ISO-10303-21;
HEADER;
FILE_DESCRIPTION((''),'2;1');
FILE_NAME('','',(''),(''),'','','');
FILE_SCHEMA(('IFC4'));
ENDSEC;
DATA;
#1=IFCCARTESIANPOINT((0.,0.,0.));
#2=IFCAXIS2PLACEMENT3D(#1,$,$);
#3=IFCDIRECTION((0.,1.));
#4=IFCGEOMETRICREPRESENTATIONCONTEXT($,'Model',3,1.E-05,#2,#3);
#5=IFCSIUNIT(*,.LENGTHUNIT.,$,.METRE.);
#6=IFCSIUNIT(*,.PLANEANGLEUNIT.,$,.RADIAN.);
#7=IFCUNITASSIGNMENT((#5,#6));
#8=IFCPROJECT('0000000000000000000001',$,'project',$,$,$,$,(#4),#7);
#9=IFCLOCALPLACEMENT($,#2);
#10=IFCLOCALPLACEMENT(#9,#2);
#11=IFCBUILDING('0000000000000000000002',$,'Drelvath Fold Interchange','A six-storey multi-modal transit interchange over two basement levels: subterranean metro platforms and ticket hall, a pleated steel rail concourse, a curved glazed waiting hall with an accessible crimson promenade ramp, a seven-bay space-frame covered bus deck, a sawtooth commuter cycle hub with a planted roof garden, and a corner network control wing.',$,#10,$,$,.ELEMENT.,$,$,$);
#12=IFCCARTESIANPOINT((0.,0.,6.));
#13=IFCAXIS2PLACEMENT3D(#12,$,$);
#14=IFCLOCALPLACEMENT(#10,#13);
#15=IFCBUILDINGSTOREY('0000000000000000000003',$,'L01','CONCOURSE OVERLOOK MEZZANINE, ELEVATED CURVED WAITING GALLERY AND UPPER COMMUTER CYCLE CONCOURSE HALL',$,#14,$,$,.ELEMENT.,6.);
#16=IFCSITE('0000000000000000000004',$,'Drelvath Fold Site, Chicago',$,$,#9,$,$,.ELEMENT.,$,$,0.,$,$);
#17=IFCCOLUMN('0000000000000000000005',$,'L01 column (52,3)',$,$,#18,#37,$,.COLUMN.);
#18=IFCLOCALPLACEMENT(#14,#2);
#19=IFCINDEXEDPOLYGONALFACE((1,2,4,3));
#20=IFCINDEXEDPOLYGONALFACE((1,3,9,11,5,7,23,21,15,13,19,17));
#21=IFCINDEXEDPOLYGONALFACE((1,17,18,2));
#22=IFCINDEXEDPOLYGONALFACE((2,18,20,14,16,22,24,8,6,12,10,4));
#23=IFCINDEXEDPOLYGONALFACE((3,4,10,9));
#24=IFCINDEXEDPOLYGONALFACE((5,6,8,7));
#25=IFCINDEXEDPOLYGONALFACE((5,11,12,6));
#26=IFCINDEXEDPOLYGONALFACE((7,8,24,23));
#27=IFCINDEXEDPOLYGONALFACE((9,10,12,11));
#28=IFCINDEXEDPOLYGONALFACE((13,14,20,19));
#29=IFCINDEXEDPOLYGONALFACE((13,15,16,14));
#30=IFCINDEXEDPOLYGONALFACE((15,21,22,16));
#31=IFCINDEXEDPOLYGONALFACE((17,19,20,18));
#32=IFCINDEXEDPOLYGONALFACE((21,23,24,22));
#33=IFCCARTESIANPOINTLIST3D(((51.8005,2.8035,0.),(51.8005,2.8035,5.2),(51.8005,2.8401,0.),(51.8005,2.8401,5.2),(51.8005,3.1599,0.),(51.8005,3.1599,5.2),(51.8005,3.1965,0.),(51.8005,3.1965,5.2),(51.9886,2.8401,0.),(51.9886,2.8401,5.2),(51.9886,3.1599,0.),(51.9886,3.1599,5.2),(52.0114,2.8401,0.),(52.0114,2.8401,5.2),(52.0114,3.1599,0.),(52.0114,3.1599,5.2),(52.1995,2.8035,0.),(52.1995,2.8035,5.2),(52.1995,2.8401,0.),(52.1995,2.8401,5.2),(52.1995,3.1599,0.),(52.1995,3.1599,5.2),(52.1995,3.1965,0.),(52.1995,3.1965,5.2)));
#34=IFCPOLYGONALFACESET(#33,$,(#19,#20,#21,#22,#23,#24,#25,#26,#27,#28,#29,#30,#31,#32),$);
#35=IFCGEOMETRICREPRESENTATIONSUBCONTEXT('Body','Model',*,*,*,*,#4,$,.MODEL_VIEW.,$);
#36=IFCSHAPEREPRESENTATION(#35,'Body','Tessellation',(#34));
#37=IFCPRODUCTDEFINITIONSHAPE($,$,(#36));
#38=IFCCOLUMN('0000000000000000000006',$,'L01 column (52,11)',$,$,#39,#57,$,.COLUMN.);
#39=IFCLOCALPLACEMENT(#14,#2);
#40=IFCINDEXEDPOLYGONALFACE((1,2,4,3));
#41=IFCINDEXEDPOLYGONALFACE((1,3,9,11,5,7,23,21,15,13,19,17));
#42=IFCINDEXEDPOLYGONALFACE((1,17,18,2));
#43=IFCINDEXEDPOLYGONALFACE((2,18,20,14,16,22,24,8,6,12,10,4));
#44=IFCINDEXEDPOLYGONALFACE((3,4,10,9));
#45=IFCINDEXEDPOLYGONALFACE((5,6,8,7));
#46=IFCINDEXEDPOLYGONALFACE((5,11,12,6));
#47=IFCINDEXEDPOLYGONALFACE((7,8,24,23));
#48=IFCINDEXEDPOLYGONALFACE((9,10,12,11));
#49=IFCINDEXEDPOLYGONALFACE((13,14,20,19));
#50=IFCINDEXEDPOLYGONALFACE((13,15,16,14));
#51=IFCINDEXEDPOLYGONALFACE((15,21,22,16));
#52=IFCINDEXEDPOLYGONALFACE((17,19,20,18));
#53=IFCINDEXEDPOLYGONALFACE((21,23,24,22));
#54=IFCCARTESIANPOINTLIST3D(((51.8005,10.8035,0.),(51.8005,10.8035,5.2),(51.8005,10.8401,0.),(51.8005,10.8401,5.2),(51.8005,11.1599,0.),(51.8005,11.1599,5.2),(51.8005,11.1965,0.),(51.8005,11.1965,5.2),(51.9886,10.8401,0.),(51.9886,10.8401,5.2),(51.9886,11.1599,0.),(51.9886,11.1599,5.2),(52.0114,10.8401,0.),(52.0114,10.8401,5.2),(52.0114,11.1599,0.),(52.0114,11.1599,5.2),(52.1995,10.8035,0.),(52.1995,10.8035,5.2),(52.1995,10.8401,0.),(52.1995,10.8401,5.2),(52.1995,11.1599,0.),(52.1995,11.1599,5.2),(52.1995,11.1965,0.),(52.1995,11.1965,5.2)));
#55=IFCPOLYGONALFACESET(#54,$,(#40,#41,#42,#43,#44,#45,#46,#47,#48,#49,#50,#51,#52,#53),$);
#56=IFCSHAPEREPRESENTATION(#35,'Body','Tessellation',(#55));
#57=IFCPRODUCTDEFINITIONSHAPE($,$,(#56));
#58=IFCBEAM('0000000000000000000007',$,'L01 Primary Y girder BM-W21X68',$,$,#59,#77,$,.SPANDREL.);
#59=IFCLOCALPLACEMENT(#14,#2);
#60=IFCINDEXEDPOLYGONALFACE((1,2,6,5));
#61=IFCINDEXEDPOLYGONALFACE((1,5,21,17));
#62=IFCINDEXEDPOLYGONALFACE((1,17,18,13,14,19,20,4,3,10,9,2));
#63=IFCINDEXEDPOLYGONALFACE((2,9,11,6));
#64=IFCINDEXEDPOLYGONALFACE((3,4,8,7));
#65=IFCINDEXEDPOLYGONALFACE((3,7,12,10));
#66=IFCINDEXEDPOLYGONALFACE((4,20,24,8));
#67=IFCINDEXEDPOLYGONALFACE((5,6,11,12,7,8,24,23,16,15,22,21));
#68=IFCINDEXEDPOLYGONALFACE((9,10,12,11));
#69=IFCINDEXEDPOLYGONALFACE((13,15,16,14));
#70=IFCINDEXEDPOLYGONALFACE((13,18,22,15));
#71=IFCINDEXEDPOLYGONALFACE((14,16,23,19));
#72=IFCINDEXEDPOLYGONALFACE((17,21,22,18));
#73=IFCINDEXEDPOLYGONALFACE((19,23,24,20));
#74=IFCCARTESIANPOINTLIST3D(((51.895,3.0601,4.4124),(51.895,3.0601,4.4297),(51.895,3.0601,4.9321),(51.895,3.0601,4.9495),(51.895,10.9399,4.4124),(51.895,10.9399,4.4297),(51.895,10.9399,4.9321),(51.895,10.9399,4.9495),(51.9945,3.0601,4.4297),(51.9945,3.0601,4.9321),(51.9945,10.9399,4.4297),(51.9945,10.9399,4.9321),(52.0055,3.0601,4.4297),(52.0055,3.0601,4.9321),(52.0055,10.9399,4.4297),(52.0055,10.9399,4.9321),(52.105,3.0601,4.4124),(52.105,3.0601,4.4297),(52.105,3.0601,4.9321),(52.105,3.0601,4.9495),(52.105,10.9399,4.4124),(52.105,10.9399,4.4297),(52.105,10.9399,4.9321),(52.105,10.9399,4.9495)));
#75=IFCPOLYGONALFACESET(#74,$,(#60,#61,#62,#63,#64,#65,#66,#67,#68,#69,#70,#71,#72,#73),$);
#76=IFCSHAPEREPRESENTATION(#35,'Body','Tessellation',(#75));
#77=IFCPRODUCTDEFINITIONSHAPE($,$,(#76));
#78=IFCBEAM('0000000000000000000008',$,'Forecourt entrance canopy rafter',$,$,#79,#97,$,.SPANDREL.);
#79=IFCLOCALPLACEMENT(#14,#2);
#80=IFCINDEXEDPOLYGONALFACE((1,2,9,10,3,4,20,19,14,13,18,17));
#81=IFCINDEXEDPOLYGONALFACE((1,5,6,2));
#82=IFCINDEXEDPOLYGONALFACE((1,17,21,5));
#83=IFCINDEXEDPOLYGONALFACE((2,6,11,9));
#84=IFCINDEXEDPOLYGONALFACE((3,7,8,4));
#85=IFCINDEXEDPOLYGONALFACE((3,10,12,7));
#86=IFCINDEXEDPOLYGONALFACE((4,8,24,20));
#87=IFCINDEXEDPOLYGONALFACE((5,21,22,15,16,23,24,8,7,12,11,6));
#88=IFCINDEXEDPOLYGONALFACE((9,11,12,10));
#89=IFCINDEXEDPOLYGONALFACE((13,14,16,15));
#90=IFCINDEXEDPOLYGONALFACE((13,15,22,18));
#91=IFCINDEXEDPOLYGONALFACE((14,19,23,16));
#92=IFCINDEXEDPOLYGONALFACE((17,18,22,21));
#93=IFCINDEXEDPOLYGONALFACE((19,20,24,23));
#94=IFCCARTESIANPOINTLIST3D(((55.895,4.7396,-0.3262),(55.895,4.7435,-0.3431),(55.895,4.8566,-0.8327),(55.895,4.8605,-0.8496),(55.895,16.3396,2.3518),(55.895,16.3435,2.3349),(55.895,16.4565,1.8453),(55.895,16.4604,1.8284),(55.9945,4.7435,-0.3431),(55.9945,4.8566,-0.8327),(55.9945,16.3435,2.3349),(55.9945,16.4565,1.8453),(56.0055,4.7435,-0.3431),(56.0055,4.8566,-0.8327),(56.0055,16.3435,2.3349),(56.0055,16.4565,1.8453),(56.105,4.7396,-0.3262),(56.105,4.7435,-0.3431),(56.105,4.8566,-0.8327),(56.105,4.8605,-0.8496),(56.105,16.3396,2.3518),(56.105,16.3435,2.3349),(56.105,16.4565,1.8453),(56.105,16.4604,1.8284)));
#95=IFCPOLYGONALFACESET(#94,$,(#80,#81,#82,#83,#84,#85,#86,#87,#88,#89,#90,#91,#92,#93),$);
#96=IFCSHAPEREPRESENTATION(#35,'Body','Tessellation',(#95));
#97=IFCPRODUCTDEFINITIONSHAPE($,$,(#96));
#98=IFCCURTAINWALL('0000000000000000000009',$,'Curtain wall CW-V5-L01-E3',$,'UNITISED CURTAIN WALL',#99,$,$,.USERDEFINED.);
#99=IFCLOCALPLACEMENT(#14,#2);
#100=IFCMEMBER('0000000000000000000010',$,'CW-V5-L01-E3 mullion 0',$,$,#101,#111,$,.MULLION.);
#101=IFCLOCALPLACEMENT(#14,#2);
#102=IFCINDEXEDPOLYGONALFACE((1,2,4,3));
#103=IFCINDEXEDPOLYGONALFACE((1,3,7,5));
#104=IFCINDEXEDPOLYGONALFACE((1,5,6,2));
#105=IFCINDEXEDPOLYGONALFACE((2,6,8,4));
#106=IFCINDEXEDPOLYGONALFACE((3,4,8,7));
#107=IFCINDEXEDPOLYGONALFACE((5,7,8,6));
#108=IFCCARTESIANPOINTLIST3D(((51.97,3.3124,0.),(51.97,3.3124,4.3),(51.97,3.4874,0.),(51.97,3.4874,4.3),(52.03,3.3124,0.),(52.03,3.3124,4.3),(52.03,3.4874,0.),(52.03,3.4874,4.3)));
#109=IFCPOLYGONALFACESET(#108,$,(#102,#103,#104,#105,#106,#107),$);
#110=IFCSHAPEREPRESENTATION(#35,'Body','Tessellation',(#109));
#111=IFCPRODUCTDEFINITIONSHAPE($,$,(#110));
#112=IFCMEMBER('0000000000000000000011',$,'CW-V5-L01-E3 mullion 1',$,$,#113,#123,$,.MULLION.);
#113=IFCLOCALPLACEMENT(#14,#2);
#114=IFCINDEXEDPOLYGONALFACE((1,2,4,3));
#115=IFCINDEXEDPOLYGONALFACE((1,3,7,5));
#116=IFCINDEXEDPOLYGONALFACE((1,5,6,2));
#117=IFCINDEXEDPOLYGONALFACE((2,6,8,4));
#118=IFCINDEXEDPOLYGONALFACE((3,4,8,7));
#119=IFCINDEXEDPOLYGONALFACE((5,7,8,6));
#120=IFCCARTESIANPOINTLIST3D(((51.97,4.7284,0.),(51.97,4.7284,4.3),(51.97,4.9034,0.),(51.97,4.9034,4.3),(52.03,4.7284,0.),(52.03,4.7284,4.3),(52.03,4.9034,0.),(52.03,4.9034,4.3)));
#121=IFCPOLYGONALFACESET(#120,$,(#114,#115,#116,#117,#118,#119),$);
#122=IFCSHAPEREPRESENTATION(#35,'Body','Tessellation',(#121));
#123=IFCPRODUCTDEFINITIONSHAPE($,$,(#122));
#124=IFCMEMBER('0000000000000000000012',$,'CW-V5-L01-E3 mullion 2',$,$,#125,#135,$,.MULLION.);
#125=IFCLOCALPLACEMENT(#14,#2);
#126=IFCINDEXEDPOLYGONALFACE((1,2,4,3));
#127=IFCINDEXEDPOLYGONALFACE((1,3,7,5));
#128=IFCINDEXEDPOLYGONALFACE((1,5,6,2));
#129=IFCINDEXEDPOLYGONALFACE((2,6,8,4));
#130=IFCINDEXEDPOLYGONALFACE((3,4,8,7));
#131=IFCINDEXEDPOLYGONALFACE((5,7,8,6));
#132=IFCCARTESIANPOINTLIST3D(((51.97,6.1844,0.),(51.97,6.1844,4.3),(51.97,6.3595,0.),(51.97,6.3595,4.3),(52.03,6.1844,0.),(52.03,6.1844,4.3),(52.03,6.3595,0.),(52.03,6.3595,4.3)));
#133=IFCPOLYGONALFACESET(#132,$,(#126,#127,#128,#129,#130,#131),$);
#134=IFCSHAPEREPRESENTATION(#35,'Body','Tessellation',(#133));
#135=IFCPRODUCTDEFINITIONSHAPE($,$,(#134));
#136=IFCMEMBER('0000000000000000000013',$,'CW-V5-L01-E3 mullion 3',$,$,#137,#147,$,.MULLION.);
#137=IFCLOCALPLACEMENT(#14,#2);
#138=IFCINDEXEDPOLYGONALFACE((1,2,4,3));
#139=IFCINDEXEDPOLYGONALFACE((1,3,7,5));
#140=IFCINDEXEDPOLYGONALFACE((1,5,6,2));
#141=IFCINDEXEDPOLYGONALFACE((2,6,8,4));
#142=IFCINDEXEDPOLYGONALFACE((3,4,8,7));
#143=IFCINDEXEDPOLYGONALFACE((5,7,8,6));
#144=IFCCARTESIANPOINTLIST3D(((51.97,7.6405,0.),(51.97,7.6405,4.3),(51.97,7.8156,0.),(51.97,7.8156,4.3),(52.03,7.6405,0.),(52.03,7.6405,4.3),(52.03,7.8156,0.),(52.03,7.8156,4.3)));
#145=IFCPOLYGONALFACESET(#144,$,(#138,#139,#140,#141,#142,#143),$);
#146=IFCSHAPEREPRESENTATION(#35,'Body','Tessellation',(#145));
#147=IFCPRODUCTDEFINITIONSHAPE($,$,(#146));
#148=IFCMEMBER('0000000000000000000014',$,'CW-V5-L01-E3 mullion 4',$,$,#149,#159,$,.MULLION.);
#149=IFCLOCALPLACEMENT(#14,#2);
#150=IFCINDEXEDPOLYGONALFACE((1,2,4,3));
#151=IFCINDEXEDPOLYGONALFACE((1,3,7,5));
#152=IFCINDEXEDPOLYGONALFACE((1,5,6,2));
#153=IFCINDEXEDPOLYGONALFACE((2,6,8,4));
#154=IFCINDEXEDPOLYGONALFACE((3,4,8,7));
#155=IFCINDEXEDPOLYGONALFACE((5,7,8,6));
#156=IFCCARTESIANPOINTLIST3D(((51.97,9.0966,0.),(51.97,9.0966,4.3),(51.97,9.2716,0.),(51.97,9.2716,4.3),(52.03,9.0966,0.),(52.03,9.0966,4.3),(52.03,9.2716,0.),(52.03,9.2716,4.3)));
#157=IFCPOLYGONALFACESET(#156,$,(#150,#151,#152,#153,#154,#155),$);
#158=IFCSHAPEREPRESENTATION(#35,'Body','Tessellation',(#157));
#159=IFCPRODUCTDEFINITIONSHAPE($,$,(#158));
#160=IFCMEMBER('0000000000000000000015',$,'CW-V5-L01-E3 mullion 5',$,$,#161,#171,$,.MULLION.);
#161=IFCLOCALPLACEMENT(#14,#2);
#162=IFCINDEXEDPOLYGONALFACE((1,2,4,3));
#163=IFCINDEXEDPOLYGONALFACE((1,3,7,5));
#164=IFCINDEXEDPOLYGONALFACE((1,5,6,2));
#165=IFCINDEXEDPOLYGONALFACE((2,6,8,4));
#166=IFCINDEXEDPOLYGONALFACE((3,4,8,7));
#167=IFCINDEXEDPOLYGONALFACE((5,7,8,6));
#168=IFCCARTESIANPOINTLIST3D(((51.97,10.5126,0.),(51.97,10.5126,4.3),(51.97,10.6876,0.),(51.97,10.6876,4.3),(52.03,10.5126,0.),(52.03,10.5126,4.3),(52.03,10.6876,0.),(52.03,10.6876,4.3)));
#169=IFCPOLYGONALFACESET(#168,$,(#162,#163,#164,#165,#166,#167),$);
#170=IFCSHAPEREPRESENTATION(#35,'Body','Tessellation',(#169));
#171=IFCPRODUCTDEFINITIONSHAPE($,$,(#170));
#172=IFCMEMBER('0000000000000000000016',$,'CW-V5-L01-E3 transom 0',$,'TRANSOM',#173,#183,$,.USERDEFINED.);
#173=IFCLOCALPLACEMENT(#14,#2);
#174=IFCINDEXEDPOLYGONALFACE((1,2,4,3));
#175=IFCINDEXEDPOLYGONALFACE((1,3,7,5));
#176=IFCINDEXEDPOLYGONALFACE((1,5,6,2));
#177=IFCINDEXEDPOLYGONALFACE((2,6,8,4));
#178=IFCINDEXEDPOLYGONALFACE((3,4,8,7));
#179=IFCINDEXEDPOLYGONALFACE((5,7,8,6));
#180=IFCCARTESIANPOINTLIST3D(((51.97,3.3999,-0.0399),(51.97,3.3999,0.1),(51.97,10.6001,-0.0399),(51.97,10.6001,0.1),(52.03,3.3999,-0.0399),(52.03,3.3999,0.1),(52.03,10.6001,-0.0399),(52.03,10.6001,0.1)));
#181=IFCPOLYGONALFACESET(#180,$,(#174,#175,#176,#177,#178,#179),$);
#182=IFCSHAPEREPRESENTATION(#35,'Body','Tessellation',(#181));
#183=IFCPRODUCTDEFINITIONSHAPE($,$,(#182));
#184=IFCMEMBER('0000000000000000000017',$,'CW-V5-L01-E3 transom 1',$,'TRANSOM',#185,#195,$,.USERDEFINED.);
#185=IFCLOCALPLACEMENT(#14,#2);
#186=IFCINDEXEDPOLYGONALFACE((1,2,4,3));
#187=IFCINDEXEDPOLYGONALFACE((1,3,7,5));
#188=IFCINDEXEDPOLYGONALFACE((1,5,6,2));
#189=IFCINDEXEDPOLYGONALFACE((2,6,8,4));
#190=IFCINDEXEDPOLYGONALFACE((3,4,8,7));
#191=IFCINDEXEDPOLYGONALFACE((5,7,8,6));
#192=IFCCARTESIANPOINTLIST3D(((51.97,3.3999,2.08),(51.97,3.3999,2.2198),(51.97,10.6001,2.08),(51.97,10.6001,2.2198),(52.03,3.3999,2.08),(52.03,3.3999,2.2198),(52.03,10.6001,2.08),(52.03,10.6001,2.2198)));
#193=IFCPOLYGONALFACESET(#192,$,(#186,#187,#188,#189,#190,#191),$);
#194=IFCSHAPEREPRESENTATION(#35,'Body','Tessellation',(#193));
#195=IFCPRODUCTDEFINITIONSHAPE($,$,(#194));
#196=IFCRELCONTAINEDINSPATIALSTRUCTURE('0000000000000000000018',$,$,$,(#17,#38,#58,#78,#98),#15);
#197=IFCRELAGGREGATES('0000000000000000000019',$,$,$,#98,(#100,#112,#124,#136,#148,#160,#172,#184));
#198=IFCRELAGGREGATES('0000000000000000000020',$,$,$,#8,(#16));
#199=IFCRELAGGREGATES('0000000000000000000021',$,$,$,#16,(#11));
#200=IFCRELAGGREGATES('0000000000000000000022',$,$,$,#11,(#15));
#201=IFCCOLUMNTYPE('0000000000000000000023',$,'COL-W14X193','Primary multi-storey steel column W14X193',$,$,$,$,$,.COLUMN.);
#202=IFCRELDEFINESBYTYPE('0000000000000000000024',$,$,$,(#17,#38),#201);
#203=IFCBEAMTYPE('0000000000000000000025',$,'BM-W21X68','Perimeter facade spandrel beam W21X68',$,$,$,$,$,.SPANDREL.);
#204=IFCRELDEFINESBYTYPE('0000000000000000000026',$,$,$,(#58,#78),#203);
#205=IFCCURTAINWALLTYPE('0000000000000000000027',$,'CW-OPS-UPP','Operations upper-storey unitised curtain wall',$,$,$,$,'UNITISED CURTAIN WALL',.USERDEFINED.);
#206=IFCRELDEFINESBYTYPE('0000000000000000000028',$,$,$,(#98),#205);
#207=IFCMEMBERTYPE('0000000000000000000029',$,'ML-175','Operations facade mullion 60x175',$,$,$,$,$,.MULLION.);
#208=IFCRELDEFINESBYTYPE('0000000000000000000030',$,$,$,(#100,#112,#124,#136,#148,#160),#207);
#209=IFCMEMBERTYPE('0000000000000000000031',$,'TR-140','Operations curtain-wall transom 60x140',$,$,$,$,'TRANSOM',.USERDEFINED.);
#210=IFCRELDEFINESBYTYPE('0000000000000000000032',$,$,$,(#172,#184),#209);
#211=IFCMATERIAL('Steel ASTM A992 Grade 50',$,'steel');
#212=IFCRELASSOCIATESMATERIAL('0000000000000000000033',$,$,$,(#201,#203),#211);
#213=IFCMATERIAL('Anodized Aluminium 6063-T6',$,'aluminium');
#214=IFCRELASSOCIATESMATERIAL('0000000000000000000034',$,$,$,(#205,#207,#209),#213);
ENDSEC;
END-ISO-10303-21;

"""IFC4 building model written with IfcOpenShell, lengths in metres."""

from ifc_helpers import new_model, si_unit, direction, frame, origin, origin_2d, place, context, subcontext, project, spatial, rectangle, i_section, extrude, material, material_profile, profile_set, type_object, element, aggregate, save


model = new_model("IFC4")

# Units and contexts
model_context = context("Model", 3, precision=1e-05, world=origin(), true_north=direction((0.0, 1.0)))
body_context = subcontext(model_context, "Body", "Model", "MODEL_VIEW")
ifc_project = project(units=[si_unit("LENGTHUNIT", "METRE"), si_unit("PLANEANGLEUNIT", "RADIAN")], contexts=[model_context])

# Site, building, storey
site_placement = place(None, origin())
site = spatial("IfcSite", under=ifc_project, at=site_placement, Name="Drelvath Fold Site, Chicago", CompositionType="ELEMENT", RefElevation=0.0)
building_placement = place(site_placement, origin())
building = spatial("IfcBuilding", under=site, at=building_placement, Name="Drelvath Fold Interchange", Description="A six-storey multi-modal transit interchange over two basement levels: subterranean metro platforms and ticket hall, a pleated steel rail concourse, a curved glazed waiting hall with an accessible crimson promenade ramp, a seven-bay space-frame covered bus deck, a sawtooth commuter cycle hub with a planted roof garden, and a corner network control wing.", CompositionType="ELEMENT")
storey_placement = place(building_placement, frame((0.0, 0.0, 6.0)))
storey = spatial("IfcBuildingStorey", under=building, at=storey_placement, Name="L01", Description="CONCOURSE OVERLOOK MEZZANINE, ELEVATED CURVED WAITING GALLERY AND UPPER COMMUTER CYCLE CONCOURSE HALL", CompositionType="ELEMENT", Elevation=6.0)

# Columns
ifc_material_1 = material(Name="Steel ASTM A992 Grade 50", Category="steel")
ifc_material_profile_1 = material_profile(ifc_material_1, i_section(OverallWidth=0.3989, OverallDepth=0.3931, WebThickness=0.0227, FlangeThickness=0.0366, at=origin_2d()), Name="W14X193")
ifc_profile_set_1 = profile_set([ifc_material_profile_1], Name="Steel ASTM A992 Grade 50")
column_type = type_object("IfcColumnType", Name="COL-W14X193", Description="Primary multi-storey steel column W14X193", PredefinedType="COLUMN", material=ifc_profile_set_1)
for number, where, z_axis, x_axis, name in (
    (1, (52.0, 3.0, 0.0), (0.0, 0.0, 1.0), (1.0, 0.0, 0.0), "L01 column (52,3)"),
    (2, (52.0, 11.0, 0.0), (0.0, 0.0, 1.0), (1.0, 0.0, 0.0), "L01 column (52,11)"),
):
    element("IfcColumn", number, at=place(storey_placement, frame(where, z_axis=z_axis, x_axis=x_axis)), inside=storey, type_object=column_type, Name=name, PredefinedType="COLUMN", context=body_context, shape_type="SweptSolid", body=[
        extrude(i_section(OverallWidth=0.3989, OverallDepth=0.3931, WebThickness=0.0227, FlangeThickness=0.0366, at=origin_2d()), origin(), (0.0, 0.0, 1.0), 5.2),
    ])

# Beams
ifc_material_profile_2 = material_profile(ifc_material_1, i_section(OverallWidth=0.21, OverallDepth=0.5371, WebThickness=0.011, FlangeThickness=0.0173, at=origin_2d()), Name="W21X68")
ifc_profile_set_2 = profile_set([ifc_material_profile_2], Name="Steel ASTM A992 Grade 50")
beam_type = type_object("IfcBeamType", Name="BM-W21X68", Description="Perimeter facade spandrel beam W21X68", PredefinedType="SPANDREL", material=ifc_profile_set_2)
beam_1_placement = place(storey_placement, frame((52.0, 3.0601, 4.6809), z_axis=(0.0, 1.0, 0.0), x_axis=(-1.0, 0.0, 0.0)))
element("IfcBeam", 3, at=beam_1_placement, inside=storey, type_object=beam_type, Name="L01 Primary Y girder BM-W21X68", PredefinedType="SPANDREL", context=body_context, shape_type="SweptSolid", body=[
    extrude(i_section(OverallWidth=0.21, OverallDepth=0.5371, WebThickness=0.011, FlangeThickness=0.0173, at=origin_2d()), origin(), (0.0, 0.0, 1.0), 7.8799),
])
beam_2_placement = place(storey_placement, frame((56.0, 4.8, -0.5879), z_axis=(0.0, 0.974371, 0.224946), x_axis=(-1.0, 0.0, 0.0)))
element("IfcBeam", 4, at=beam_2_placement, inside=storey, type_object=beam_type, Name="Forecourt entrance canopy rafter", PredefinedType="SPANDREL", context=body_context, shape_type="SweptSolid", body=[
    extrude(i_section(OverallWidth=0.21, OverallDepth=0.5371, WebThickness=0.011, FlangeThickness=0.0173, at=origin_2d()), origin(), (0.0, 0.0, 1.0), 11.905),
])

# Curtain wall, members
ifc_material_2 = material(Name="Anodized Aluminium 6063-T6", Category="aluminium")
curtain_wall_type = type_object("IfcCurtainWallType", Name="CW-OPS-UPP", Description="Operations upper-storey unitised curtain wall", ElementType="UNITISED CURTAIN WALL", PredefinedType="USERDEFINED", material=ifc_material_2)
curtain_wall_placement = place(storey_placement, origin())
curtain_wall = element("IfcCurtainWall", 5, at=curtain_wall_placement, inside=storey, type_object=curtain_wall_type, Name="Curtain wall CW-V5-L01-E3", ObjectType="UNITISED CURTAIN WALL", PredefinedType="USERDEFINED")
ifc_material_profile_3 = material_profile(ifc_material_2, rectangle(XDim=0.0601, YDim=0.175, at=origin_2d()), Name="AL-M 60x175")
ifc_profile_set_3 = profile_set([ifc_material_profile_3], Name="Anodized Aluminium 6063-T6")
member_type_1 = type_object("IfcMemberType", Name="ML-175", Description="Operations facade mullion 60x175", PredefinedType="MULLION", material=ifc_profile_set_3)
member_1_placement = place(storey_placement, frame((52.0, 3.3999, 0.0), z_axis=(0.0, 0.0, 1.0), x_axis=(1.0, 0.0, 0.0)))
member_1 = element("IfcMember", 6, at=member_1_placement, type_object=member_type_1, Name="CW-V5-L01-E3 mullion 0", PredefinedType="MULLION", context=body_context, shape_type="SweptSolid", body=[
    extrude(rectangle(XDim=0.0601, YDim=0.175, at=origin_2d()), origin(), (0.0, 0.0, 1.0), 4.3),
])
member_2_placement = place(storey_placement, frame((52.0, 4.8159, 0.0), z_axis=(0.0, 0.0, 1.0), x_axis=(1.0, 0.0, 0.0)))
member_2 = element("IfcMember", 7, at=member_2_placement, type_object=member_type_1, Name="CW-V5-L01-E3 mullion 1", PredefinedType="MULLION", context=body_context, shape_type="SweptSolid", body=[
    extrude(rectangle(XDim=0.0601, YDim=0.175, at=origin_2d()), origin(), (0.0, 0.0, 1.0), 4.3),
])
member_3_placement = place(storey_placement, frame((52.0, 6.272, 0.0), z_axis=(0.0, 0.0, 1.0), x_axis=(1.0, 0.0, 0.0)))
member_3 = element("IfcMember", 8, at=member_3_placement, type_object=member_type_1, Name="CW-V5-L01-E3 mullion 2", PredefinedType="MULLION", context=body_context, shape_type="SweptSolid", body=[
    extrude(rectangle(XDim=0.0601, YDim=0.175, at=origin_2d()), origin(), (0.0, 0.0, 1.0), 4.3),
])
member_4_placement = place(storey_placement, frame((52.0, 7.728, 0.0), z_axis=(0.0, 0.0, 1.0), x_axis=(1.0, 0.0, 0.0)))
member_4 = element("IfcMember", 9, at=member_4_placement, type_object=member_type_1, Name="CW-V5-L01-E3 mullion 3", PredefinedType="MULLION", context=body_context, shape_type="SweptSolid", body=[
    extrude(rectangle(XDim=0.0601, YDim=0.175, at=origin_2d()), origin(), (0.0, 0.0, 1.0), 4.3),
])
member_5_placement = place(storey_placement, frame((52.0, 9.1841, 0.0), z_axis=(0.0, 0.0, 1.0), x_axis=(1.0, 0.0, 0.0)))
member_5 = element("IfcMember", 10, at=member_5_placement, type_object=member_type_1, Name="CW-V5-L01-E3 mullion 4", PredefinedType="MULLION", context=body_context, shape_type="SweptSolid", body=[
    extrude(rectangle(XDim=0.0601, YDim=0.175, at=origin_2d()), origin(), (0.0, 0.0, 1.0), 4.3),
])
member_6_placement = place(storey_placement, frame((52.0, 10.6001, 0.0), z_axis=(0.0, 0.0, 1.0), x_axis=(1.0, 0.0, 0.0)))
member_6 = element("IfcMember", 11, at=member_6_placement, type_object=member_type_1, Name="CW-V5-L01-E3 mullion 5", PredefinedType="MULLION", context=body_context, shape_type="SweptSolid", body=[
    extrude(rectangle(XDim=0.0601, YDim=0.175, at=origin_2d()), origin(), (0.0, 0.0, 1.0), 4.3),
])
ifc_material_profile_4 = material_profile(ifc_material_2, rectangle(XDim=0.0601, YDim=0.1399, at=origin_2d()), Name="AL-T 60x140")
ifc_profile_set_4 = profile_set([ifc_material_profile_4], Name="Anodized Aluminium 6063-T6")
member_type_2 = type_object("IfcMemberType", Name="TR-140", Description="Operations curtain-wall transom 60x140", ElementType="TRANSOM", PredefinedType="USERDEFINED", material=ifc_profile_set_4)
member_7_placement = place(storey_placement, frame((52.0, 3.3999, 0.03), z_axis=(0.0, 1.0, 0.0), x_axis=(-1.0, 0.0, 0.0)))
member_7 = element("IfcMember", 12, at=member_7_placement, type_object=member_type_2, Name="CW-V5-L01-E3 transom 0", ObjectType="TRANSOM", PredefinedType="USERDEFINED", context=body_context, shape_type="SweptSolid", body=[
    extrude(rectangle(XDim=0.0601, YDim=0.1399, at=origin_2d()), origin(), (0.0, 0.0, 1.0), 7.2002),
])
member_8_placement = place(storey_placement, frame((52.0, 3.3999, 2.1499), z_axis=(0.0, 1.0, 0.0), x_axis=(-1.0, 0.0, 0.0)))
member_8 = element("IfcMember", 13, at=member_8_placement, type_object=member_type_2, Name="CW-V5-L01-E3 transom 1", ObjectType="TRANSOM", PredefinedType="USERDEFINED", context=body_context, shape_type="SweptSolid", body=[
    extrude(rectangle(XDim=0.0601, YDim=0.1399, at=origin_2d()), origin(), (0.0, 0.0, 1.0), 7.2002),
])
aggregate(curtain_wall, [member_1, member_2, member_3, member_4, member_5, member_6, member_7, member_8])

save(model, "model.ifc")
